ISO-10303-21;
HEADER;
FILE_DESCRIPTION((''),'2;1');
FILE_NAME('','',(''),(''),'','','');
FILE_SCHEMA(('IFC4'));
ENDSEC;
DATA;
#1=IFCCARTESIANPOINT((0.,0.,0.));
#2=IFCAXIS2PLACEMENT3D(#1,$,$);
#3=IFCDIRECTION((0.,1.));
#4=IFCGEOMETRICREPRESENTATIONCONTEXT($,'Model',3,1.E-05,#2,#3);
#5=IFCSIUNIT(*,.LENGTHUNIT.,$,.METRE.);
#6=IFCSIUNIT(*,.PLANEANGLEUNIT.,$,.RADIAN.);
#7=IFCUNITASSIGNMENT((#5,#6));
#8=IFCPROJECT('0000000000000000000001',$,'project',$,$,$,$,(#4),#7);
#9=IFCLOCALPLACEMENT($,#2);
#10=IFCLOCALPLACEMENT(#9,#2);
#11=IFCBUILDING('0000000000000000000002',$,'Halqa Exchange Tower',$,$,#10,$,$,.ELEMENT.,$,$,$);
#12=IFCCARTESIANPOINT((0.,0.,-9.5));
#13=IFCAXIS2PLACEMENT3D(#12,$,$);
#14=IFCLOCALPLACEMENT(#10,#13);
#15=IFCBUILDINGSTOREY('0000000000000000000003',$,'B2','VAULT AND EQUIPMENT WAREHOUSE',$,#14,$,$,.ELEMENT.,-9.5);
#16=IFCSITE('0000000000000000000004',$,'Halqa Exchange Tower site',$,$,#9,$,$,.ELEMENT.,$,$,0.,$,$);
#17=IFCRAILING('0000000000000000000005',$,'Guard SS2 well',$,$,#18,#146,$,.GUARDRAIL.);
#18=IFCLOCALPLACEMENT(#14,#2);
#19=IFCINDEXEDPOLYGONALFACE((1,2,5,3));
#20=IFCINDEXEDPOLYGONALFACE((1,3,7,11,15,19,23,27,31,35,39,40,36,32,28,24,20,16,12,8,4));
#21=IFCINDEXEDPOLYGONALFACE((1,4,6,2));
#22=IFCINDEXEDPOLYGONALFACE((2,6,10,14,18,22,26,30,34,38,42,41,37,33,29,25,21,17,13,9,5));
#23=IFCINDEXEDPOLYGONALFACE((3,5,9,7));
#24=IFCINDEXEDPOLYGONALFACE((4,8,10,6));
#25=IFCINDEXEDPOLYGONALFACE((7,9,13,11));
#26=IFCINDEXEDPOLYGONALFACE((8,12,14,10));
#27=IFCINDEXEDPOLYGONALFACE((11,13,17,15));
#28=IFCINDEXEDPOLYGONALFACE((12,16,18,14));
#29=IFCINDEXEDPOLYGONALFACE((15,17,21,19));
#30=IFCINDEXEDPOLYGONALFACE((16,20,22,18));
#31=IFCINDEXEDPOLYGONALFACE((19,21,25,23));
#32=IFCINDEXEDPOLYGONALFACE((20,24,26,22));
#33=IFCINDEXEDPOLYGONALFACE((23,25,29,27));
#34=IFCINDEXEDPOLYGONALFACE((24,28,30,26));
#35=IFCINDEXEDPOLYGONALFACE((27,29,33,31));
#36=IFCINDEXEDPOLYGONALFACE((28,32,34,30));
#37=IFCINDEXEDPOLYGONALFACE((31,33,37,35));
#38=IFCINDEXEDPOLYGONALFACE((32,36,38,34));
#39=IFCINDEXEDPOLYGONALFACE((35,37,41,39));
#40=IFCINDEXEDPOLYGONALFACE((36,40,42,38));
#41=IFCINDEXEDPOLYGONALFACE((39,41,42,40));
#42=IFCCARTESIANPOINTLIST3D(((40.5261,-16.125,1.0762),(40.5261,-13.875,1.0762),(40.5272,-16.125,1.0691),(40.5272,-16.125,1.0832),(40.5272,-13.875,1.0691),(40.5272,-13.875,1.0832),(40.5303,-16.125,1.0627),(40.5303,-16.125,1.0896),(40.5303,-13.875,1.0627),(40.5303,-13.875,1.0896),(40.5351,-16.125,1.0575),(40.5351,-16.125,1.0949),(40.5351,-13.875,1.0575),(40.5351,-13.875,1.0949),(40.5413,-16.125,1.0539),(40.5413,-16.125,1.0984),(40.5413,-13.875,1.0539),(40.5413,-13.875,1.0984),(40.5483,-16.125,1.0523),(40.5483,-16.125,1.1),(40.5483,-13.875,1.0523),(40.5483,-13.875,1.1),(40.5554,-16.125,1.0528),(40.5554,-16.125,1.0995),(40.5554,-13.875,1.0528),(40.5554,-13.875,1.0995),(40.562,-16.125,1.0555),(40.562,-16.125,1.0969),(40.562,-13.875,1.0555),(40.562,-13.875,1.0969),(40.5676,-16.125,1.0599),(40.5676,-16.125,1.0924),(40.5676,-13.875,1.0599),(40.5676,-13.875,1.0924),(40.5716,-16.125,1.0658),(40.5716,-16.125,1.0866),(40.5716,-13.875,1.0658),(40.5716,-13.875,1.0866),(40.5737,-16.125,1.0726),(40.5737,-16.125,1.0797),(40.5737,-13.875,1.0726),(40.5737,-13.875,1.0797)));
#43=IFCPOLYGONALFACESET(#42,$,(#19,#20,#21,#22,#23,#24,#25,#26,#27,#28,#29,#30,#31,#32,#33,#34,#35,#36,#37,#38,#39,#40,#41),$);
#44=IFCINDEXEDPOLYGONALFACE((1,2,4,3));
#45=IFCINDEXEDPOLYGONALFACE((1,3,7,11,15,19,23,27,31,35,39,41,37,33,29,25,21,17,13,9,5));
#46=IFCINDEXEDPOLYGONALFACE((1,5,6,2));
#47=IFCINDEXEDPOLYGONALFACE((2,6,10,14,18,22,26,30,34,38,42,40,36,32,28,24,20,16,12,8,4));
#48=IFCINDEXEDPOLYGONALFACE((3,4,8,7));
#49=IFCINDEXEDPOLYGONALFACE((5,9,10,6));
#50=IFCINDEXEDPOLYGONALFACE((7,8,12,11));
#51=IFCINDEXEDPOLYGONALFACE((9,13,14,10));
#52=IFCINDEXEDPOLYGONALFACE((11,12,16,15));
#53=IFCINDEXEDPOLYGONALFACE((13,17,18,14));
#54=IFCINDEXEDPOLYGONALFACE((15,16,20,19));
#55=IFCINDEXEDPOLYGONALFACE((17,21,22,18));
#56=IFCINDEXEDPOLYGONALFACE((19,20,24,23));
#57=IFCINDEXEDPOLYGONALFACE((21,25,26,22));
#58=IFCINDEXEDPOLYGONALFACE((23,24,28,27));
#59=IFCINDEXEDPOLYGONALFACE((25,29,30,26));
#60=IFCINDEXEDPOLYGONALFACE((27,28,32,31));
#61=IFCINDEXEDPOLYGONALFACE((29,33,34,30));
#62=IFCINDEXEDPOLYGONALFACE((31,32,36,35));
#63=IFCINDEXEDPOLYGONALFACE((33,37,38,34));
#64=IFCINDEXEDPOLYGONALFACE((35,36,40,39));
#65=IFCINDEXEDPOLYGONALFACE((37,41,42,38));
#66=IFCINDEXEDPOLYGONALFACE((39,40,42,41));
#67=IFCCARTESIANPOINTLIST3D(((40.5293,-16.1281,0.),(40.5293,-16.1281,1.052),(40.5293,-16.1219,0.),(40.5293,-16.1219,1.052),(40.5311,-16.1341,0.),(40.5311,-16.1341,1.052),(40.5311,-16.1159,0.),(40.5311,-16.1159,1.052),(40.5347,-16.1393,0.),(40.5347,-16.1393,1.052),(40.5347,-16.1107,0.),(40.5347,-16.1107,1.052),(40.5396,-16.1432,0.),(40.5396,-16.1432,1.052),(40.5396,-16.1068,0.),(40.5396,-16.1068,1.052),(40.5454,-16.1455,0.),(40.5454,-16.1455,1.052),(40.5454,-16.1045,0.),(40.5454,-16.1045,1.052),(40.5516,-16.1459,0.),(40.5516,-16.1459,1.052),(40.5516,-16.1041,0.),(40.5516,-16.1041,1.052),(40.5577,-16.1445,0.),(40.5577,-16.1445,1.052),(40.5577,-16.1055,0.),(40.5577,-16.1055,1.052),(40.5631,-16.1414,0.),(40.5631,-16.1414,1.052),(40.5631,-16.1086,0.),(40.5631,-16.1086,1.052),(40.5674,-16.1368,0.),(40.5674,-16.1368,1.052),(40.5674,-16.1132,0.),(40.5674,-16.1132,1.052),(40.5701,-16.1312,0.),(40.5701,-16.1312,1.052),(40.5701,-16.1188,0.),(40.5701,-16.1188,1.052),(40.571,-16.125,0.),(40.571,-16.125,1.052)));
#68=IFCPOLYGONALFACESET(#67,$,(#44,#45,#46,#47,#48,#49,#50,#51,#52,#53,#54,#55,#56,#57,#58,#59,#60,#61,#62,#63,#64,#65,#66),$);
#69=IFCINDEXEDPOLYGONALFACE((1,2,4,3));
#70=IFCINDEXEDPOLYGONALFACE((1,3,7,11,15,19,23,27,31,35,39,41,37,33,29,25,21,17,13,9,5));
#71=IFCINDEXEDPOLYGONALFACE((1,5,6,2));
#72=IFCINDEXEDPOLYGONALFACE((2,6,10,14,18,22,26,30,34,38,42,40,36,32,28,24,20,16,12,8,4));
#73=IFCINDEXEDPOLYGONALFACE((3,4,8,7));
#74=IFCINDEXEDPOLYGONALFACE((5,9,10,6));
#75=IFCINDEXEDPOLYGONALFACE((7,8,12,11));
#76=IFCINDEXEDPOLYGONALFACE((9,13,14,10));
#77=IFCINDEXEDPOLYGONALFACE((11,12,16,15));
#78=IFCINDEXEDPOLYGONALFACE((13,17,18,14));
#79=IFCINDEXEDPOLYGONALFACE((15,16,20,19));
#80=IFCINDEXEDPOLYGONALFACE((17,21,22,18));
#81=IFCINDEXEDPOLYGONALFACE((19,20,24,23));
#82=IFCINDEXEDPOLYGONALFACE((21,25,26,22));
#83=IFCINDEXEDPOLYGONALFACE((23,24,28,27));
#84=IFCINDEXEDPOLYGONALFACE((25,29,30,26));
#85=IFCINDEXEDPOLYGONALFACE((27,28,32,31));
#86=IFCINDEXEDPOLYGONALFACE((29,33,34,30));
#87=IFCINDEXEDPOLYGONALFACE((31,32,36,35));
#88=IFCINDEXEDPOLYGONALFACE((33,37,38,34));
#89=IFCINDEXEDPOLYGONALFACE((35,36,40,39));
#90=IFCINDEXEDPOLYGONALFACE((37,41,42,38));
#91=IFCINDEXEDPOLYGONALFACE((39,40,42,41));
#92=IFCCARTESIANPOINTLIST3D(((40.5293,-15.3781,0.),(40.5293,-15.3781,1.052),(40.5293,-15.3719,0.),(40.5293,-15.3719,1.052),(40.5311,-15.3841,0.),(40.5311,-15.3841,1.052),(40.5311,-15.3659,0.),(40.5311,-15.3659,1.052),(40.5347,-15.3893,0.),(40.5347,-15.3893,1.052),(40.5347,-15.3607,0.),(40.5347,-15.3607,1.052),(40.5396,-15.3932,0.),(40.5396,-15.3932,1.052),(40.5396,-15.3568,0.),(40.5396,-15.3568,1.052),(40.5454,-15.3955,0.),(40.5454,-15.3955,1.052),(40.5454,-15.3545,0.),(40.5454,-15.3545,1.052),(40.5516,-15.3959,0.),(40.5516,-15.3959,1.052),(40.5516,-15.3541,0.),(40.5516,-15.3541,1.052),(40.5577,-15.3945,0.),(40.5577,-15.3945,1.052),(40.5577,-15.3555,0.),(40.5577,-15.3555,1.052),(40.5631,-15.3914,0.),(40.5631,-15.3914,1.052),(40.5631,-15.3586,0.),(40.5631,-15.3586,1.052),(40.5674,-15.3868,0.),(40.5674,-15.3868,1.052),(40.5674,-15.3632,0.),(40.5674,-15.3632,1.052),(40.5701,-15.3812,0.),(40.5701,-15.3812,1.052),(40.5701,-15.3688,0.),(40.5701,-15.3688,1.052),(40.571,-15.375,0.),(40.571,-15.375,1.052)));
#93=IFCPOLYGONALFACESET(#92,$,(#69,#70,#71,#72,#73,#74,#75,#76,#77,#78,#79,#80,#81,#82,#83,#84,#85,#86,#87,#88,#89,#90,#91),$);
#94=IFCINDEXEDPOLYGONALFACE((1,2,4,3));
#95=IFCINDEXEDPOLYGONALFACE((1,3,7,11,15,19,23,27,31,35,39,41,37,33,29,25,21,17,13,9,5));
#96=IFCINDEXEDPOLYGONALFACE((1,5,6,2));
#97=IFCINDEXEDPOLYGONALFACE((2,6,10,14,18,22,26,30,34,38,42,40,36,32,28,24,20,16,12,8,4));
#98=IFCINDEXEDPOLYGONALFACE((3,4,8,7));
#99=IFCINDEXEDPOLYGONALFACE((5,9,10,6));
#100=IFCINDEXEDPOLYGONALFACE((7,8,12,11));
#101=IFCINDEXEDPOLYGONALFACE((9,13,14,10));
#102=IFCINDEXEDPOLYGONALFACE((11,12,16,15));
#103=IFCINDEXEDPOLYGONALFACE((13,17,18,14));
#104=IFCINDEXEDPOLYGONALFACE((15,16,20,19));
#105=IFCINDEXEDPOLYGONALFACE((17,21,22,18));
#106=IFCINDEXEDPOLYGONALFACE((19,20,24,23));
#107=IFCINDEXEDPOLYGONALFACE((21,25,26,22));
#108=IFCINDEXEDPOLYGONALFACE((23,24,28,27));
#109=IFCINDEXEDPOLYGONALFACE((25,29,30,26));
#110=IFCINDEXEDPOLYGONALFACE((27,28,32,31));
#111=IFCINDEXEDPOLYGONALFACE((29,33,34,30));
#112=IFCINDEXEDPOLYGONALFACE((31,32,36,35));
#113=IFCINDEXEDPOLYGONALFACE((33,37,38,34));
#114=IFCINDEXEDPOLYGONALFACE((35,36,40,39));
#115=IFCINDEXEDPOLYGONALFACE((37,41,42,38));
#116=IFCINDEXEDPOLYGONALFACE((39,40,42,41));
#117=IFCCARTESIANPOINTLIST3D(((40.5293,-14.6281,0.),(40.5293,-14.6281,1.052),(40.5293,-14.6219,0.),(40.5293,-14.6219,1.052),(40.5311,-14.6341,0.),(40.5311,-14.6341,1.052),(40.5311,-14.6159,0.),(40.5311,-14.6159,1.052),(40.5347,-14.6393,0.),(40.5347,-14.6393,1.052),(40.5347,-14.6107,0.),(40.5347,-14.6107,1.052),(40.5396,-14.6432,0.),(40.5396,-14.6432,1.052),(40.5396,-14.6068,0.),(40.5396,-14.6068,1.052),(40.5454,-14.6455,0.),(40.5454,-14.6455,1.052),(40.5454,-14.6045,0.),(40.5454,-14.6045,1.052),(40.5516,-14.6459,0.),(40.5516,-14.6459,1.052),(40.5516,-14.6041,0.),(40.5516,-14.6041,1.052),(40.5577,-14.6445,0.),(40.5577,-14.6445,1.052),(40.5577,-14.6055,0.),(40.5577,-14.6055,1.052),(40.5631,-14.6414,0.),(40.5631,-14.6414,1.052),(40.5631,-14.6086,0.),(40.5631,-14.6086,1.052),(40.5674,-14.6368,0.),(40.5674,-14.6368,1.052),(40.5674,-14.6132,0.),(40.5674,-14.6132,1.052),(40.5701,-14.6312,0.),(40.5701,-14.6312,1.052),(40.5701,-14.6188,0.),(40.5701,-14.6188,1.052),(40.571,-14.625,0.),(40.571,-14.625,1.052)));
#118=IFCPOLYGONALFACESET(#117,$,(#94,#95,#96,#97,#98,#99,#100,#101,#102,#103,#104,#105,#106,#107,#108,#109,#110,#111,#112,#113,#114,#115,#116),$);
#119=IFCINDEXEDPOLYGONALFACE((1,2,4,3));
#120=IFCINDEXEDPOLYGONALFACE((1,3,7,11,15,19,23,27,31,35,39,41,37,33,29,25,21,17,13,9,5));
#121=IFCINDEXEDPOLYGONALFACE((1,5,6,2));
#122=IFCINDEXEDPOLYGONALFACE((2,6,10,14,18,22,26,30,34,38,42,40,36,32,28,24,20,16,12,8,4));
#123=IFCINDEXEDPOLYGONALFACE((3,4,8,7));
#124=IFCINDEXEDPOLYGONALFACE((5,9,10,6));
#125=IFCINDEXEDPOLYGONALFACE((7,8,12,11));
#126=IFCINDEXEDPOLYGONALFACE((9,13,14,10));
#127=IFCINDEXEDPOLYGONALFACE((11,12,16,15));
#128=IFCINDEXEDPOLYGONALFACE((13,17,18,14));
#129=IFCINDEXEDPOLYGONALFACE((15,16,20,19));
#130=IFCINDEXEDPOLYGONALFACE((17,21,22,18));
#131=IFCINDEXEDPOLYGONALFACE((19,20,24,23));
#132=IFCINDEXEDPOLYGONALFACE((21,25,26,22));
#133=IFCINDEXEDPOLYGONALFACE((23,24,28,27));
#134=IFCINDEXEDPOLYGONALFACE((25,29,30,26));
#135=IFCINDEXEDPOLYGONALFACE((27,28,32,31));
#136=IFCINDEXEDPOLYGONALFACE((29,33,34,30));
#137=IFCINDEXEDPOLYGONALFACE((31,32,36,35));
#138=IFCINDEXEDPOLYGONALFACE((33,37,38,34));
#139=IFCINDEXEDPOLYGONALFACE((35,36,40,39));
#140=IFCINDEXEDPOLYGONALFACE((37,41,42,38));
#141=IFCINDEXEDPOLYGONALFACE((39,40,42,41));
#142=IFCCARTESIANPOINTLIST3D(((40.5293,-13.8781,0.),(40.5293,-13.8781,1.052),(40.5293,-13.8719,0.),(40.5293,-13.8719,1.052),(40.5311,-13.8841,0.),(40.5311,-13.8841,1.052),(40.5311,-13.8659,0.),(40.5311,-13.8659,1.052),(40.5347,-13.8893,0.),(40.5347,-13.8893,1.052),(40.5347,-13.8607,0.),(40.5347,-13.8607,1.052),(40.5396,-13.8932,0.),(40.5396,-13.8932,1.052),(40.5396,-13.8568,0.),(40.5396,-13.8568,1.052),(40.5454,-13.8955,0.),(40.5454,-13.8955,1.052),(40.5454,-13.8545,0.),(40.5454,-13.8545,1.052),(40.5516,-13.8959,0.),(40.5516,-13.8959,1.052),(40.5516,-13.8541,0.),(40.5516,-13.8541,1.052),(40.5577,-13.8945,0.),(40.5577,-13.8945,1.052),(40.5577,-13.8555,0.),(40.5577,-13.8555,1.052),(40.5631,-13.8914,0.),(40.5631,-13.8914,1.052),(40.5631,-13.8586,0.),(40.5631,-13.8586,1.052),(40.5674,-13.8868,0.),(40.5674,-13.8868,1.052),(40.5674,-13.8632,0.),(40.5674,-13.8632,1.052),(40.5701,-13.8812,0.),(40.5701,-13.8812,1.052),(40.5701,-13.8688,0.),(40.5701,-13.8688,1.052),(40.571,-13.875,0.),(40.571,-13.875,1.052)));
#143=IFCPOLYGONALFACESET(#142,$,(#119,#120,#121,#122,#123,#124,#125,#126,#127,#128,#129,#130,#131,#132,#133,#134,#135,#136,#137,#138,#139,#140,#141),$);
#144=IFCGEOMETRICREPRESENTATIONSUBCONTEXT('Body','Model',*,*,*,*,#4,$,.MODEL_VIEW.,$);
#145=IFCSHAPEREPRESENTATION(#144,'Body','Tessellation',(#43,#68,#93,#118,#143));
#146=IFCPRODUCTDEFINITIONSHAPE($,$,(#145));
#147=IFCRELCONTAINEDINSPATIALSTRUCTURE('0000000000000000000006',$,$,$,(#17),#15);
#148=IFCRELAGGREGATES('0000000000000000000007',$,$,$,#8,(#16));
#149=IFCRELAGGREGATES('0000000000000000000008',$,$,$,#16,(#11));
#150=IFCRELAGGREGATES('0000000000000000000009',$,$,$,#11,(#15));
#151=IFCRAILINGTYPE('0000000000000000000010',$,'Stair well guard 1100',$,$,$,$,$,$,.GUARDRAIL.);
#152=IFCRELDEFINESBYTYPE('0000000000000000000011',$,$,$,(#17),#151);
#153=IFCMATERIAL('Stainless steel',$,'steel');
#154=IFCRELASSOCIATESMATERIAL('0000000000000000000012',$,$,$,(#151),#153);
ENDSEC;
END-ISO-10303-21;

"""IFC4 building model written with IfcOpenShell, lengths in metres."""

from ifc_helpers import new_model, si_unit, direction, frame, origin, origin_2d, place, context, subcontext, project, spatial, circle, extrude, material, type_object, element, save


model = new_model("IFC4")

# Units and contexts
model_context = context("Model", 3, precision=1e-05, world=origin(), true_north=direction((0.0, 1.0)))
body_context = subcontext(model_context, "Body", "Model", "MODEL_VIEW")
ifc_project = project(units=[si_unit("LENGTHUNIT", "METRE"), si_unit("PLANEANGLEUNIT", "RADIAN")], contexts=[model_context])

# Site, building, storey
site_placement = place(None, origin())
site = spatial("IfcSite", under=ifc_project, at=site_placement, Name="Halqa Exchange Tower site", CompositionType="ELEMENT", RefElevation=0.0)
building_placement = place(site_placement, origin())
building = spatial("IfcBuilding", under=site, at=building_placement, Name="Halqa Exchange Tower", CompositionType="ELEMENT")
storey_placement = place(building_placement, frame((0.0, 0.0, -9.5)))
storey = spatial("IfcBuildingStorey", under=building, at=storey_placement, Name="B2", Description="VAULT AND EQUIPMENT WAREHOUSE", CompositionType="ELEMENT", Elevation=-9.5)

# Railing
ifc_material_1 = material(Name="Stainless steel", Category="steel")
railing_type_1 = type_object("IfcRailingType", Name="Stair well guard 1100", PredefinedType="GUARDRAIL", material=ifc_material_1)
railing_1_placement = place(storey_placement, frame((40.55, -16.125, 0.0)))
element("IfcRailing", 1, at=railing_1_placement, inside=storey, type_object=railing_type_1, Name="Guard SS2 well", PredefinedType="GUARDRAIL", context=body_context, shape_type="SweptSolid", body=[
    extrude(circle(Radius=0.0239, at=origin_2d()), frame((0.0, 0.0, 1.0762), z_axis=(0.0, 1.0, 0.0), x_axis=(-1.0, 0.0, 0.0)), (0.0, 0.0, 1.0), 2.25),
    extrude(circle(Radius=0.021, at=origin_2d()), origin(), (0.0, 0.0, 1.0), 1.052),
    extrude(circle(Radius=0.021, at=origin_2d()), frame((0.0, 0.75, 0.0)), (0.0, 0.0, 1.0), 1.052),
    extrude(circle(Radius=0.021, at=origin_2d()), frame((0.0, 1.5, 0.0)), (0.0, 0.0, 1.0), 1.052),
    extrude(circle(Radius=0.021, at=origin_2d()), frame((0.0, 2.25, 0.0)), (0.0, 0.0, 1.0), 1.052),
])

save(model, "model.ifc")
